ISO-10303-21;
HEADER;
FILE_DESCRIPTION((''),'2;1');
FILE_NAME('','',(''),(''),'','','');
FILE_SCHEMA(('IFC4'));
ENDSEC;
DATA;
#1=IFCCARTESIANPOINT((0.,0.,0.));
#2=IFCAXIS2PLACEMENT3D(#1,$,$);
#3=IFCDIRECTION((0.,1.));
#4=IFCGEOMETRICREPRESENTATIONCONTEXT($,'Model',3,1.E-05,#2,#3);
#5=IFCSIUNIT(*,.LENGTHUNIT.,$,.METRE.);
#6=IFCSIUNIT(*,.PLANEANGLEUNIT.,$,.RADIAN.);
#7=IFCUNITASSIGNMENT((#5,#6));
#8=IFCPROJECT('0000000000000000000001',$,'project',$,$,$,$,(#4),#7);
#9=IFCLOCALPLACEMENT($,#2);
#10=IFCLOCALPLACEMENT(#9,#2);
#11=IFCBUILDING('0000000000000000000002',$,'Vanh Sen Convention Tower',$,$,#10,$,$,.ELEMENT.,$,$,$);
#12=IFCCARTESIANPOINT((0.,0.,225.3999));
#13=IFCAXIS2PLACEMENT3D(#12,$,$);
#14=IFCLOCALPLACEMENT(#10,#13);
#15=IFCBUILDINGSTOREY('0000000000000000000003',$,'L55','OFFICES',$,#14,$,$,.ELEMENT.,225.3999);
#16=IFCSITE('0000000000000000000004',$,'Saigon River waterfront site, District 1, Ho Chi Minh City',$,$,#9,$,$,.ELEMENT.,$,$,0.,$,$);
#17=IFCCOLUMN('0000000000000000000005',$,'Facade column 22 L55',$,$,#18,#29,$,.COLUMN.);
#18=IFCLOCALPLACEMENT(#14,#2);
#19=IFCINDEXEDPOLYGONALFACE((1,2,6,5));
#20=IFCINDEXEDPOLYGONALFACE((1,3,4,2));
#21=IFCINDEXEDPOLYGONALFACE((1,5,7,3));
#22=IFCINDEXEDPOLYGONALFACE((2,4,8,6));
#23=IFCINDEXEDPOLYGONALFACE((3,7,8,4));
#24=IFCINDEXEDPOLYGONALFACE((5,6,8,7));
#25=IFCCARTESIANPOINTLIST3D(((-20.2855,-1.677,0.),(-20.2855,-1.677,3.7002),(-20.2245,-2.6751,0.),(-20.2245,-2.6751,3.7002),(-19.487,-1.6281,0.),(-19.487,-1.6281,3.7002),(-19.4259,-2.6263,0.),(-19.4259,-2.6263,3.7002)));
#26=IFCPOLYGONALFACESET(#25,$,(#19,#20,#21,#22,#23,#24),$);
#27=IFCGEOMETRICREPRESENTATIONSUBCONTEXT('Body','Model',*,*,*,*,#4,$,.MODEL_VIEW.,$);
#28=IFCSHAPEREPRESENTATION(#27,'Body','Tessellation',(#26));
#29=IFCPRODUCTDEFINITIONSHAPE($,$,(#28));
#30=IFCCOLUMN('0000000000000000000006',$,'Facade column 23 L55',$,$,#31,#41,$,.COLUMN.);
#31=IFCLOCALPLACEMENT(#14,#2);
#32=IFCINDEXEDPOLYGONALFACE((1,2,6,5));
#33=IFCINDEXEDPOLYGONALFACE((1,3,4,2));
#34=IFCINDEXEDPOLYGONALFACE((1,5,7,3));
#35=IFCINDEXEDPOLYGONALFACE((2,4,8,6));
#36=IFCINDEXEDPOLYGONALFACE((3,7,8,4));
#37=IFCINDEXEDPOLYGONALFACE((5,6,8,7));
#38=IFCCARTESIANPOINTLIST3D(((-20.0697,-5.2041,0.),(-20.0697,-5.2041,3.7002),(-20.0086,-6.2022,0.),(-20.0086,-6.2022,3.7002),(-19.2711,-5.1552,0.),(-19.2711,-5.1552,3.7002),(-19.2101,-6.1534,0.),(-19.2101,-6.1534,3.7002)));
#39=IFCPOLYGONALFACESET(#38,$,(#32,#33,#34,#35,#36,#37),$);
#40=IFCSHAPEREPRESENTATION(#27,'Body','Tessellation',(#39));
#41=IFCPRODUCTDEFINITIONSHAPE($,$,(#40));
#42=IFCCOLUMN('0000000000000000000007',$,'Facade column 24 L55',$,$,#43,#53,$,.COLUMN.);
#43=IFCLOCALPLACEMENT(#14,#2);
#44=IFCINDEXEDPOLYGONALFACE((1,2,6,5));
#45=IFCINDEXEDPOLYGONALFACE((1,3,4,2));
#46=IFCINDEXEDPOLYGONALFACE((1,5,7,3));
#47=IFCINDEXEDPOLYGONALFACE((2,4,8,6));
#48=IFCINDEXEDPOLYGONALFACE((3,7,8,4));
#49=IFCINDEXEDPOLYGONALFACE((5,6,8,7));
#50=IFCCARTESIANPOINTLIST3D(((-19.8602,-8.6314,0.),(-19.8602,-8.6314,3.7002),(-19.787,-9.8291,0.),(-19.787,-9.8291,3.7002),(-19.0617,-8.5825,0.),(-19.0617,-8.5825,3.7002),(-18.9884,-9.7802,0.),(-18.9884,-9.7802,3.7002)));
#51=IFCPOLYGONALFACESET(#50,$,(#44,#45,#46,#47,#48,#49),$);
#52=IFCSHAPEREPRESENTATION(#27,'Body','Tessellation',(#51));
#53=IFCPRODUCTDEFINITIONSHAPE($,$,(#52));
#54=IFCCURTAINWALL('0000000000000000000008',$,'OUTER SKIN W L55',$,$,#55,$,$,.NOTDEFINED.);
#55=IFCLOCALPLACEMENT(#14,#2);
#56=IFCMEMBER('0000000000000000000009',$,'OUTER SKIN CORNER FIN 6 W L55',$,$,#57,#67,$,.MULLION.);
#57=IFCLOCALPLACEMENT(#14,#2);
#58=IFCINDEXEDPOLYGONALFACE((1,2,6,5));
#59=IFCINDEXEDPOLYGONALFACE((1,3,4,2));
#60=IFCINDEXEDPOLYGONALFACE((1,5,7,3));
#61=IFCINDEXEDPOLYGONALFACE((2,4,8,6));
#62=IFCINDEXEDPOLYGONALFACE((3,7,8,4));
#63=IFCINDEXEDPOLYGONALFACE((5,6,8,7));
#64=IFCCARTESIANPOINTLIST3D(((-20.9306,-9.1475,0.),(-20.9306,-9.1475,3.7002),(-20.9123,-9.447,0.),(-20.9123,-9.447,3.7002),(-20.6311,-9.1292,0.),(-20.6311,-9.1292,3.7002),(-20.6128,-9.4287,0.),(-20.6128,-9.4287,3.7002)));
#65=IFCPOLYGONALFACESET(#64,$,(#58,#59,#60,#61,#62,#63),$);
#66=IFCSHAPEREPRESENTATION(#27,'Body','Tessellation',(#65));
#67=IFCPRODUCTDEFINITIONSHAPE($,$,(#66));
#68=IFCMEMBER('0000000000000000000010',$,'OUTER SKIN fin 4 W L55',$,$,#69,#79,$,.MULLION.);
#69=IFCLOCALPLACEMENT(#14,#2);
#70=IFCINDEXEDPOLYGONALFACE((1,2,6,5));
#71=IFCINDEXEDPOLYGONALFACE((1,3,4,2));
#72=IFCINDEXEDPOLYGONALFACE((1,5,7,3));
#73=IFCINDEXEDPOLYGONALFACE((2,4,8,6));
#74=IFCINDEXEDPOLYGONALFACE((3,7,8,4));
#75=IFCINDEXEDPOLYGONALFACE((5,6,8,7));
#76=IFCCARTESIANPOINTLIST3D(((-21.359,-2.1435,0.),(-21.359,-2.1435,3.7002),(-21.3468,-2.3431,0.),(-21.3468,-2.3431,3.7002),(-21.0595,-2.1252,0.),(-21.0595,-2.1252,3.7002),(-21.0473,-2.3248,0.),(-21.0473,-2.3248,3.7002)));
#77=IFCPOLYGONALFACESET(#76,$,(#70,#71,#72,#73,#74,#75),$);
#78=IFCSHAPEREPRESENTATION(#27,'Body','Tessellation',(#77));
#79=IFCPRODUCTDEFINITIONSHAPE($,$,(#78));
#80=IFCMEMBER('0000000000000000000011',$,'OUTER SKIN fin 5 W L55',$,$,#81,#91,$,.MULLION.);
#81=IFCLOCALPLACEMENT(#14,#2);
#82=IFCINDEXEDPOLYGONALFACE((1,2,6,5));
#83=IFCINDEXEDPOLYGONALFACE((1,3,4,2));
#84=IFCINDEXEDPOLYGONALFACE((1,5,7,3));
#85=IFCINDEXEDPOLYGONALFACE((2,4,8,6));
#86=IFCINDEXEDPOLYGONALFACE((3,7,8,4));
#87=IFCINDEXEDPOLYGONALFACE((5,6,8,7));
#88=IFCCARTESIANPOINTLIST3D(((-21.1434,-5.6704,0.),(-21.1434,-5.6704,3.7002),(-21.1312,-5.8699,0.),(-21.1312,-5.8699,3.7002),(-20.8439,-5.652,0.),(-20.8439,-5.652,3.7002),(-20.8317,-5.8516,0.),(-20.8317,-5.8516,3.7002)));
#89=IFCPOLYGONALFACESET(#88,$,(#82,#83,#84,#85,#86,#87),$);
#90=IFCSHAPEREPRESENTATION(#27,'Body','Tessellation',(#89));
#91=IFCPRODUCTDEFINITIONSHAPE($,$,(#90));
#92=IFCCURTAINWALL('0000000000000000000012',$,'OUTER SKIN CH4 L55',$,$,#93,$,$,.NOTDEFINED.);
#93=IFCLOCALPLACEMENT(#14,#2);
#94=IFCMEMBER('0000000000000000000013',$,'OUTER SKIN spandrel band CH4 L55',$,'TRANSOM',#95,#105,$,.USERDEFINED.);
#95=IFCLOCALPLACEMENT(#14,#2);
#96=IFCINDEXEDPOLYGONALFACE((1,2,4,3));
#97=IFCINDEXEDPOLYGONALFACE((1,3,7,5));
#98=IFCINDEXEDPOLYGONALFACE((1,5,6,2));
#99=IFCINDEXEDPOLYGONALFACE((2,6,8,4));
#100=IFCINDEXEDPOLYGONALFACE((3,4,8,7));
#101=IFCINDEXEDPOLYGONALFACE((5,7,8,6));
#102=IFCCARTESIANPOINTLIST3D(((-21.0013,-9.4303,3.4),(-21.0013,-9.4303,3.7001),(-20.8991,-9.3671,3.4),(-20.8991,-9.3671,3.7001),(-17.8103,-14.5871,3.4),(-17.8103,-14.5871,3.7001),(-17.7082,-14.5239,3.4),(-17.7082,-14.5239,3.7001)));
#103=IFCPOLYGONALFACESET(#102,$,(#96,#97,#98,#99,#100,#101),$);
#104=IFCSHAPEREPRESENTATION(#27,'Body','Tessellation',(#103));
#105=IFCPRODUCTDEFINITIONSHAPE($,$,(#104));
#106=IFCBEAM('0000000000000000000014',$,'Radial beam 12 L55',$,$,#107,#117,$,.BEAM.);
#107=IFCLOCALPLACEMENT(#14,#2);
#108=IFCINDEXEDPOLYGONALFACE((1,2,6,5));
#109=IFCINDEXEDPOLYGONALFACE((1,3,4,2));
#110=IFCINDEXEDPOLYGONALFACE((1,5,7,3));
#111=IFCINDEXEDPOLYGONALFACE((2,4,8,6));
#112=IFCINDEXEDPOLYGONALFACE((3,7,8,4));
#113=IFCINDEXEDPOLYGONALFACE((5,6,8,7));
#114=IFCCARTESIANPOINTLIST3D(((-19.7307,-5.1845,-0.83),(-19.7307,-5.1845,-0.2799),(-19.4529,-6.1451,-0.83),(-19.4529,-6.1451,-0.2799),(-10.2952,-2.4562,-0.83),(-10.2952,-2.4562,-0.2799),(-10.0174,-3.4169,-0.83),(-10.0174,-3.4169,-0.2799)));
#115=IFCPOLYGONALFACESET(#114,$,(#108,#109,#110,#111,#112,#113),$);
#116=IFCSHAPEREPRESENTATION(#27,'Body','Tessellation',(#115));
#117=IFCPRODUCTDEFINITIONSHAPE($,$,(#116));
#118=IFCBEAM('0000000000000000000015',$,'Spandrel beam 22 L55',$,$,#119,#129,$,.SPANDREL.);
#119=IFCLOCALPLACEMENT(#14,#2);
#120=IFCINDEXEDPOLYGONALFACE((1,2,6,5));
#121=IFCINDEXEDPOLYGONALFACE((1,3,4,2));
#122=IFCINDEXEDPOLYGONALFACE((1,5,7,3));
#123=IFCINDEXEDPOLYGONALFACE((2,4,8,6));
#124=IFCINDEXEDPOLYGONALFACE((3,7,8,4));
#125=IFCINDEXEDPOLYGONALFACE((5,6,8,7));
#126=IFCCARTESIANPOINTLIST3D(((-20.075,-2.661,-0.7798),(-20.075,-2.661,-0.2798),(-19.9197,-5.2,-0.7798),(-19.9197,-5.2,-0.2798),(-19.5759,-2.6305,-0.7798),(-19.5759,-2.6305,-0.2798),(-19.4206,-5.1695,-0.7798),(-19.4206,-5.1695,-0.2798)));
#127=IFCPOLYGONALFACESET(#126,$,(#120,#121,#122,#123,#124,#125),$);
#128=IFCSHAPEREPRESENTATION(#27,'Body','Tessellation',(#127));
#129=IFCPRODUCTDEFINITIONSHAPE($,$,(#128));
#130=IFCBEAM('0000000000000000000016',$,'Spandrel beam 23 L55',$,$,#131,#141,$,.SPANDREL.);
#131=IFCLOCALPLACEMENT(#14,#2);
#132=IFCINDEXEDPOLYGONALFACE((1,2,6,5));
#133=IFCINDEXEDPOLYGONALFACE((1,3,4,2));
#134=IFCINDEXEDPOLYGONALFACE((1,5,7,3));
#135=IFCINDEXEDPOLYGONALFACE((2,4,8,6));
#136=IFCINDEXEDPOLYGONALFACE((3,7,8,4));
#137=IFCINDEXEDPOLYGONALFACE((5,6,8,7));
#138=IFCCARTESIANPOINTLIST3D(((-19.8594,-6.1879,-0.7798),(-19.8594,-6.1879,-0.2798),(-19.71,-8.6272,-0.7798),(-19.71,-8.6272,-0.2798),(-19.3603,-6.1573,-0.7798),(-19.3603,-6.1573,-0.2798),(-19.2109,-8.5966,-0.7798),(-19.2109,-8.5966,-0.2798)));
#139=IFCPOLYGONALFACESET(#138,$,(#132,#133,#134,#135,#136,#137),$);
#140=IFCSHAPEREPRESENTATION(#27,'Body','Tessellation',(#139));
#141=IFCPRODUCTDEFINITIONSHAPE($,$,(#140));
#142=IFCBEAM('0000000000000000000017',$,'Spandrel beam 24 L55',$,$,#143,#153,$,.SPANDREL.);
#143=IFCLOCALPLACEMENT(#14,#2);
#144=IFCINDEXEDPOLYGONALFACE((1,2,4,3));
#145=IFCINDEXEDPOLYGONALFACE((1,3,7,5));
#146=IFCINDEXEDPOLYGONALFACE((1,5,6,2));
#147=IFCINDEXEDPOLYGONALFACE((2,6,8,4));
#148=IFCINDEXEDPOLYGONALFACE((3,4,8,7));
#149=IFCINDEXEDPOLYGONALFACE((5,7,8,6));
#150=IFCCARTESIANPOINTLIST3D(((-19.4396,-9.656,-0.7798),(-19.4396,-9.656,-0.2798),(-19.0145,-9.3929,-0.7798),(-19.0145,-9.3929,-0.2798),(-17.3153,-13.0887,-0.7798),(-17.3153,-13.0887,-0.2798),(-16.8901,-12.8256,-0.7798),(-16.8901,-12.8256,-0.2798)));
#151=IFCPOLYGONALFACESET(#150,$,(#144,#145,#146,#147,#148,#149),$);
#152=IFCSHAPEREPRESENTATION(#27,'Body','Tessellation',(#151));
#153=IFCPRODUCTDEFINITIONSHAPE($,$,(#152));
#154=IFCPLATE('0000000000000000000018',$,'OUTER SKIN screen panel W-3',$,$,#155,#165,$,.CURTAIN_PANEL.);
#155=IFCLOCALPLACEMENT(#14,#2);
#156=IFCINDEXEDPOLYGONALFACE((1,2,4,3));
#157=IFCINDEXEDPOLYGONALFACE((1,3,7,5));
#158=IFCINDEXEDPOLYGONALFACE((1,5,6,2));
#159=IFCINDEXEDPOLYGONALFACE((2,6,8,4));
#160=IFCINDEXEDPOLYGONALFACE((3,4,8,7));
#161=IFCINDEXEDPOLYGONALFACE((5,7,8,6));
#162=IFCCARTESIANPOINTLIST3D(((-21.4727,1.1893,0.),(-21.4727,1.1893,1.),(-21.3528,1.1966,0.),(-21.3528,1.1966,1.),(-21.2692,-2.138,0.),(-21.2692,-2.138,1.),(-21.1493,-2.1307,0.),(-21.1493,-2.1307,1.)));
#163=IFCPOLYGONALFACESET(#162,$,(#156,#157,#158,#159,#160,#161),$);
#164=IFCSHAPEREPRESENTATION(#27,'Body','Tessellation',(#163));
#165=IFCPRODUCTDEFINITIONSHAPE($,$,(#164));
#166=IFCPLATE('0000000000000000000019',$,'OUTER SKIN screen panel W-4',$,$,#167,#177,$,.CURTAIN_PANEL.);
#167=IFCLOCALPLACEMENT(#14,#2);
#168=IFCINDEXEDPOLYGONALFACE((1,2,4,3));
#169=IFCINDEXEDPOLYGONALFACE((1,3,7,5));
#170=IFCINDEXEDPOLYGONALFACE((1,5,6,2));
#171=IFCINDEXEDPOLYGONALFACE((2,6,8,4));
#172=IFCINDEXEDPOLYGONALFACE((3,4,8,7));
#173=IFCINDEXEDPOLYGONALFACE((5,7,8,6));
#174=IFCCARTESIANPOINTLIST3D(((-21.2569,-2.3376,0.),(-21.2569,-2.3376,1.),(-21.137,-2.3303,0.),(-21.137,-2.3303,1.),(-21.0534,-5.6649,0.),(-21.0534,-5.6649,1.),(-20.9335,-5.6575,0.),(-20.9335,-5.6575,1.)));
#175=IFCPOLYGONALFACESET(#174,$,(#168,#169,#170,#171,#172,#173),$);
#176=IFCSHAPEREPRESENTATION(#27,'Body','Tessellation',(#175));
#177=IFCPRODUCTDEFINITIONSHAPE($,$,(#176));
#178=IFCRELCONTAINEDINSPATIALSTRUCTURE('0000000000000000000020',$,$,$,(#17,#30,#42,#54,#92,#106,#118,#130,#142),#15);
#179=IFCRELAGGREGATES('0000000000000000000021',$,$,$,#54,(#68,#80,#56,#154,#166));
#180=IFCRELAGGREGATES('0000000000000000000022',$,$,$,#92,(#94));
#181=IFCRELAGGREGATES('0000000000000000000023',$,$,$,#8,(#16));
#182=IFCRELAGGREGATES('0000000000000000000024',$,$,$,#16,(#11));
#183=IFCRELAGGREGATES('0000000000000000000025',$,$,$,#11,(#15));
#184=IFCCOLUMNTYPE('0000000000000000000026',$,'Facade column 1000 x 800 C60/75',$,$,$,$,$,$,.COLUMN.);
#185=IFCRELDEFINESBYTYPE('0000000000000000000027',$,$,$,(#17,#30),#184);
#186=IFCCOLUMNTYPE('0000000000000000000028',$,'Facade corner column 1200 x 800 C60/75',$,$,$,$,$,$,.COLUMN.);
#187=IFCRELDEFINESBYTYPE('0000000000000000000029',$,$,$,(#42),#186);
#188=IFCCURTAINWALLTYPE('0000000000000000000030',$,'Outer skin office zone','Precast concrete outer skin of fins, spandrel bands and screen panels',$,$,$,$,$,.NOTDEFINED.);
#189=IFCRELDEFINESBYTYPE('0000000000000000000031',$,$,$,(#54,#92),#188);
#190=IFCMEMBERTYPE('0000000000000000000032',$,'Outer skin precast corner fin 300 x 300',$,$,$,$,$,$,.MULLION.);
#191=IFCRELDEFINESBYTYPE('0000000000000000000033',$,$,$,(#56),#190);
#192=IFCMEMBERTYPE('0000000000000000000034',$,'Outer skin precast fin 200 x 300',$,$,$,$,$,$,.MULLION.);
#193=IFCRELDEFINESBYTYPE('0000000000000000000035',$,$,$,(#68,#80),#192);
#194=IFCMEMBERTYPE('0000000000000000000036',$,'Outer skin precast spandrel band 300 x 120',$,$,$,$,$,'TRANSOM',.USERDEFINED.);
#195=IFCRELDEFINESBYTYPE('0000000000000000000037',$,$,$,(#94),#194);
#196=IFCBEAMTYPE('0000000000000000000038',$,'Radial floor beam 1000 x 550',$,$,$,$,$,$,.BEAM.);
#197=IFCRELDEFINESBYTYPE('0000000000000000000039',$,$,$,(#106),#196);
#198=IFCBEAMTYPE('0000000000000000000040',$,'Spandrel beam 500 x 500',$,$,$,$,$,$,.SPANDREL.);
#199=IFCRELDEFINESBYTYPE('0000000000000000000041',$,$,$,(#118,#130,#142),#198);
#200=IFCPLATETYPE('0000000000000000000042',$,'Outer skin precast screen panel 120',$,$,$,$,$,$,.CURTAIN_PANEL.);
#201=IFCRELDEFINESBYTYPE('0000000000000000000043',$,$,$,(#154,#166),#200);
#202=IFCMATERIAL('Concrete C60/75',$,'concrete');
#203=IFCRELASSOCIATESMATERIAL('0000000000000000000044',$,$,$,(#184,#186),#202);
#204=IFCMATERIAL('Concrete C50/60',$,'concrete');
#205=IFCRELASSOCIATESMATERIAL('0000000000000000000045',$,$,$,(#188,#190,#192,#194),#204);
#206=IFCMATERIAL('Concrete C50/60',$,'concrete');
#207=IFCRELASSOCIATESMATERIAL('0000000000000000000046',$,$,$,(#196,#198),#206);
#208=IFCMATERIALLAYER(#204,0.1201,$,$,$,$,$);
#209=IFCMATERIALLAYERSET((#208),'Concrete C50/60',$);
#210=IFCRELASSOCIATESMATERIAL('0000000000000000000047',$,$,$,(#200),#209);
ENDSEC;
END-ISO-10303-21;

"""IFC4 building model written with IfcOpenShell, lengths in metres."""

from ifc_helpers import new_model, si_unit, direction, frame, origin, origin_2d, place, context, subcontext, project, spatial, rectangle, extrude, material, layer, layer_set, material_profile, profile_set, type_object, element, aggregate, save


model = new_model("IFC4")

# Units and contexts
model_context = context("Model", 3, precision=1e-05, world=origin(), true_north=direction((0.0, 1.0)))
body_context = subcontext(model_context, "Body", "Model", "MODEL_VIEW")
ifc_project = project(units=[si_unit("LENGTHUNIT", "METRE"), si_unit("PLANEANGLEUNIT", "RADIAN")], contexts=[model_context])

# Site, building, storey
site_placement = place(None, origin())
site = spatial("IfcSite", under=ifc_project, at=site_placement, Name="Saigon River waterfront site, District 1, Ho Chi Minh City", CompositionType="ELEMENT", RefElevation=0.0)
building_placement = place(site_placement, origin())
building = spatial("IfcBuilding", under=site, at=building_placement, Name="Vanh Sen Convention Tower", CompositionType="ELEMENT")
storey_placement = place(building_placement, frame((0.0, 0.0, 225.3999)))
storey = spatial("IfcBuildingStorey", under=building, at=storey_placement, Name="L55", Description="OFFICES", CompositionType="ELEMENT", Elevation=225.3999)

# Columns
ifc_material_1 = material(Name="Concrete C60/75", Category="concrete")
ifc_material_profile_1 = material_profile(ifc_material_1, rectangle(XDim=1.0, YDim=0.8, at=origin_2d()), Name="RC 1000X800")
ifc_profile_set_1 = profile_set([ifc_material_profile_1], Name="Concrete C60/75")
column_type_1 = type_object("IfcColumnType", Name="Facade column 1000 x 800 C60/75", PredefinedType="COLUMN", material=ifc_profile_set_1)
for number, where, z_axis, x_axis, name in (
    (1, (-19.8557, -2.1516, 0.0), (0.0, 0.0, 1.0), (0.061049, -0.998135, 0.0), "Facade column 22 L55"),
    (2, (-19.6399, -5.6787, 0.0), (0.0, 0.0, 1.0), (0.061049, -0.998135, 0.0), "Facade column 23 L55"),
):
    element("IfcColumn", number, at=place(storey_placement, frame(where, z_axis=z_axis, x_axis=x_axis)), inside=storey, type_object=column_type_1, Name=name, PredefinedType="COLUMN", context=body_context, shape_type="SweptSolid", body=[
        extrude(rectangle(XDim=1.0, YDim=0.8, at=origin_2d()), origin(), (0.0, 0.0, 1.0), 3.7002),
    ])
ifc_material_profile_2 = material_profile(ifc_material_1, rectangle(XDim=1.2, YDim=0.8, at=origin_2d()), Name="RC 1200X800")
ifc_profile_set_2 = profile_set([ifc_material_profile_2], Name="Concrete C60/75")
column_type_2 = type_object("IfcColumnType", Name="Facade corner column 1200 x 800 C60/75", PredefinedType="COLUMN", material=ifc_profile_set_2)
column_placement = place(storey_placement, frame((-19.4243, -9.2058, 0.0), z_axis=(0.0, 0.0, 1.0), x_axis=(0.061049, -0.998135, 0.0)))
element("IfcColumn", 3, at=column_placement, inside=storey, type_object=column_type_2, Name="Facade column 24 L55", PredefinedType="COLUMN", context=body_context, shape_type="SweptSolid", body=[
    extrude(rectangle(XDim=1.2, YDim=0.8, at=origin_2d()), origin(), (0.0, 0.0, 1.0), 3.7002),
])

# Curtain wall, members
ifc_material_2 = material(Name="Concrete C50/60", Category="concrete")
curtain_wall_type = type_object("IfcCurtainWallType", Name="Outer skin office zone", Description="Precast concrete outer skin of fins, spandrel bands and screen panels", PredefinedType="NOTDEFINED", material=ifc_material_2)
curtain_wall_1_placement = place(storey_placement, origin())
curtain_wall_1 = element("IfcCurtainWall", 4, at=curtain_wall_1_placement, inside=storey, type_object=curtain_wall_type, Name="OUTER SKIN W L55", PredefinedType="NOTDEFINED")
ifc_material_profile_3 = material_profile(ifc_material_2, rectangle(XDim=0.3, YDim=0.3, at=origin_2d()), Name="Outer skin precast corner fin 300 x 300")
ifc_profile_set_3 = profile_set([ifc_material_profile_3], Name="Concrete C50/60")
member_type_1 = type_object("IfcMemberType", Name="Outer skin precast corner fin 300 x 300", PredefinedType="MULLION", material=ifc_profile_set_3)
member_1_placement = place(storey_placement, frame((-20.7717, -9.2881, 0.0), z_axis=(0.0, 0.0, 1.0), x_axis=(0.061049, -0.998135, 0.0)))
member_1 = element("IfcMember", 5, at=member_1_placement, type_object=member_type_1, Name="OUTER SKIN CORNER FIN 6 W L55", PredefinedType="MULLION", context=body_context, shape_type="SweptSolid", body=[
    extrude(rectangle(XDim=0.3, YDim=0.3, at=origin_2d()), origin(), (0.0, 0.0, 1.0), 3.7002),
])
ifc_material_profile_4 = material_profile(ifc_material_2, rectangle(XDim=0.2, YDim=0.3, at=origin_2d()), Name="Outer skin precast fin 200 x 300")
ifc_profile_set_4 = profile_set([ifc_material_profile_4], Name="Concrete C50/60")
member_type_2 = type_object("IfcMemberType", Name="Outer skin precast fin 200 x 300", PredefinedType="MULLION", material=ifc_profile_set_4)
member_2_placement = place(storey_placement, frame((-21.2031, -2.2341, 0.0), z_axis=(0.0, 0.0, 1.0), x_axis=(0.061049, -0.998135, 0.0)))
member_2 = element("IfcMember", 6, at=member_2_placement, type_object=member_type_2, Name="OUTER SKIN fin 4 W L55", PredefinedType="MULLION", context=body_context, shape_type="SweptSolid", body=[
    extrude(rectangle(XDim=0.2, YDim=0.3, at=origin_2d()), origin(), (0.0, 0.0, 1.0), 3.7002),
])
member_3_placement = place(storey_placement, frame((-20.9875, -5.761, 0.0), z_axis=(0.0, 0.0, 1.0), x_axis=(0.061049, -0.998135, 0.0)))
member_3 = element("IfcMember", 7, at=member_3_placement, type_object=member_type_2, Name="OUTER SKIN fin 5 W L55", PredefinedType="MULLION", context=body_context, shape_type="SweptSolid", body=[
    extrude(rectangle(XDim=0.2, YDim=0.3, at=origin_2d()), origin(), (0.0, 0.0, 1.0), 3.7002),
])

# Curtain wall, member
curtain_wall_2_placement = place(storey_placement, origin())
curtain_wall_2 = element("IfcCurtainWall", 8, at=curtain_wall_2_placement, inside=storey, type_object=curtain_wall_type, Name="OUTER SKIN CH4 L55", PredefinedType="NOTDEFINED")
ifc_material_profile_5 = material_profile(ifc_material_2, rectangle(XDim=0.1201, YDim=0.3, at=origin_2d()), Name="Outer skin precast spandrel band 300 x 120")
ifc_profile_set_5 = profile_set([ifc_material_profile_5], Name="Concrete C50/60")
member_type_3 = type_object("IfcMemberType", Name="Outer skin precast spandrel band 300 x 120", ElementType="TRANSOM", PredefinedType="USERDEFINED", material=ifc_profile_set_5)
member_4_placement = place(storey_placement, frame((-20.9502, -9.3987, 3.55), z_axis=(0.526194, -0.850365, 0.0), x_axis=(0.850365, 0.526194, 0.0)))
member_4 = element("IfcMember", 9, at=member_4_placement, type_object=member_type_3, Name="OUTER SKIN spandrel band CH4 L55", ObjectType="TRANSOM", PredefinedType="USERDEFINED", context=body_context, shape_type="SweptSolid", body=[
    extrude(rectangle(XDim=0.1201, YDim=0.3, at=origin_2d()), origin(), (0.0, 0.0, 1.0), 6.0642),
])

# Beams
ifc_material_3 = material(Name="Concrete C50/60", Category="concrete")
ifc_material_profile_6 = material_profile(ifc_material_3, rectangle(XDim=1.0, YDim=0.55, at=origin_2d()), Name="RC 1000X550")
ifc_profile_set_6 = profile_set([ifc_material_profile_6], Name="Concrete C50/60")
beam_type_1 = type_object("IfcBeamType", Name="Radial floor beam 1000 x 550", PredefinedType="BEAM", material=ifc_profile_set_6)
beam_1_placement = place(storey_placement, frame((-19.5918, -5.6648, -0.5549), z_axis=(0.960648, 0.27777, 0.0), x_axis=(-0.27777, 0.960648, 0.0)))
element("IfcBeam", 10, at=beam_1_placement, inside=storey, type_object=beam_type_1, Name="Radial beam 12 L55", PredefinedType="BEAM", context=body_context, shape_type="SweptSolid", body=[
    extrude(rectangle(XDim=1.0, YDim=0.55, at=origin_2d()), origin(), (0.0, 0.0, 1.0), 9.822),
])
ifc_material_profile_7 = material_profile(ifc_material_3, rectangle(XDim=0.5, YDim=0.5, at=origin_2d()), Name="RC 500X500")
ifc_profile_set_7 = profile_set([ifc_material_profile_7], Name="Concrete C50/60")
beam_type_2 = type_object("IfcBeamType", Name="Spandrel beam 500 x 500", PredefinedType="SPANDREL", material=ifc_profile_set_7)
beam_2_placement = place(storey_placement, frame((-19.8254, -2.6458, -0.5298), z_axis=(0.06104, -0.998135, 0.0), x_axis=(0.998135, 0.06104, 0.0)))
element("IfcBeam", 11, at=beam_2_placement, inside=storey, type_object=beam_type_2, Name="Spandrel beam 22 L55", PredefinedType="SPANDREL", context=body_context, shape_type="SweptSolid", body=[
    extrude(rectangle(XDim=0.5, YDim=0.5, at=origin_2d()), origin(), (0.0, 0.0, 1.0), 2.5437),
])
beam_3_placement = place(storey_placement, frame((-19.6099, -6.1726, -0.5298), z_axis=(0.061141, -0.998129, 0.0), x_axis=(0.998129, 0.061141, 0.0)))
element("IfcBeam", 12, at=beam_3_placement, inside=storey, type_object=beam_type_2, Name="Spandrel beam 23 L55", PredefinedType="SPANDREL", context=body_context, shape_type="SweptSolid", body=[
    extrude(rectangle(XDim=0.5, YDim=0.5, at=origin_2d()), origin(), (0.0, 0.0, 1.0), 2.4438),
])
beam_4_placement = place(storey_placement, frame((-19.2271, -9.5244, -0.5298), z_axis=(0.526232, -0.850341, 0.0), x_axis=(0.850341, 0.526232, 0.0)))
element("IfcBeam", 13, at=beam_4_placement, inside=storey, type_object=beam_type_2, Name="Spandrel beam 24 L55", PredefinedType="SPANDREL", context=body_context, shape_type="SweptSolid", body=[
    extrude(rectangle(XDim=0.5, YDim=0.5, at=origin_2d()), origin(), (0.0, 0.0, 1.0), 4.0369),
])

# Plates
ifc_layer_1 = layer(ifc_material_2, 0.1201)
ifc_layer_set_1 = layer_set([ifc_layer_1], Name="Concrete C50/60")
plate_type = type_object("IfcPlateType", Name="Outer skin precast screen panel 120", PredefinedType="CURTAIN_PANEL", material=ifc_layer_set_1)
plate_1_placement = place(storey_placement, frame((-21.311, -0.4707, 0.0), z_axis=(0.0, 0.0, 1.0), x_axis=(0.061043, -0.998135, 0.0)))
plate_1 = element("IfcPlate", 14, at=plate_1_placement, type_object=plate_type, Name="OUTER SKIN screen panel W-3", PredefinedType="CURTAIN_PANEL", context=body_context, shape_type="SweptSolid", body=[
    extrude(rectangle(XDim=3.3335, YDim=0.1201, at=origin_2d()), origin(), (0.0, 0.0, 1.0), 1.0),
])
plate_2_placement = place(storey_placement, frame((-21.0952, -3.9976, 0.0), z_axis=(0.0, 0.0, 1.0), x_axis=(0.061043, -0.998135, 0.0)))
plate_2 = element("IfcPlate", 15, at=plate_2_placement, type_object=plate_type, Name="OUTER SKIN screen panel W-4", PredefinedType="CURTAIN_PANEL", context=body_context, shape_type="SweptSolid", body=[
    extrude(rectangle(XDim=3.3335, YDim=0.1201, at=origin_2d()), origin(), (0.0, 0.0, 1.0), 1.0),
])
aggregate(curtain_wall_1, [member_2, member_3, member_1, plate_1, plate_2])
aggregate(curtain_wall_2, [member_4])

save(model, "model.ifc")
